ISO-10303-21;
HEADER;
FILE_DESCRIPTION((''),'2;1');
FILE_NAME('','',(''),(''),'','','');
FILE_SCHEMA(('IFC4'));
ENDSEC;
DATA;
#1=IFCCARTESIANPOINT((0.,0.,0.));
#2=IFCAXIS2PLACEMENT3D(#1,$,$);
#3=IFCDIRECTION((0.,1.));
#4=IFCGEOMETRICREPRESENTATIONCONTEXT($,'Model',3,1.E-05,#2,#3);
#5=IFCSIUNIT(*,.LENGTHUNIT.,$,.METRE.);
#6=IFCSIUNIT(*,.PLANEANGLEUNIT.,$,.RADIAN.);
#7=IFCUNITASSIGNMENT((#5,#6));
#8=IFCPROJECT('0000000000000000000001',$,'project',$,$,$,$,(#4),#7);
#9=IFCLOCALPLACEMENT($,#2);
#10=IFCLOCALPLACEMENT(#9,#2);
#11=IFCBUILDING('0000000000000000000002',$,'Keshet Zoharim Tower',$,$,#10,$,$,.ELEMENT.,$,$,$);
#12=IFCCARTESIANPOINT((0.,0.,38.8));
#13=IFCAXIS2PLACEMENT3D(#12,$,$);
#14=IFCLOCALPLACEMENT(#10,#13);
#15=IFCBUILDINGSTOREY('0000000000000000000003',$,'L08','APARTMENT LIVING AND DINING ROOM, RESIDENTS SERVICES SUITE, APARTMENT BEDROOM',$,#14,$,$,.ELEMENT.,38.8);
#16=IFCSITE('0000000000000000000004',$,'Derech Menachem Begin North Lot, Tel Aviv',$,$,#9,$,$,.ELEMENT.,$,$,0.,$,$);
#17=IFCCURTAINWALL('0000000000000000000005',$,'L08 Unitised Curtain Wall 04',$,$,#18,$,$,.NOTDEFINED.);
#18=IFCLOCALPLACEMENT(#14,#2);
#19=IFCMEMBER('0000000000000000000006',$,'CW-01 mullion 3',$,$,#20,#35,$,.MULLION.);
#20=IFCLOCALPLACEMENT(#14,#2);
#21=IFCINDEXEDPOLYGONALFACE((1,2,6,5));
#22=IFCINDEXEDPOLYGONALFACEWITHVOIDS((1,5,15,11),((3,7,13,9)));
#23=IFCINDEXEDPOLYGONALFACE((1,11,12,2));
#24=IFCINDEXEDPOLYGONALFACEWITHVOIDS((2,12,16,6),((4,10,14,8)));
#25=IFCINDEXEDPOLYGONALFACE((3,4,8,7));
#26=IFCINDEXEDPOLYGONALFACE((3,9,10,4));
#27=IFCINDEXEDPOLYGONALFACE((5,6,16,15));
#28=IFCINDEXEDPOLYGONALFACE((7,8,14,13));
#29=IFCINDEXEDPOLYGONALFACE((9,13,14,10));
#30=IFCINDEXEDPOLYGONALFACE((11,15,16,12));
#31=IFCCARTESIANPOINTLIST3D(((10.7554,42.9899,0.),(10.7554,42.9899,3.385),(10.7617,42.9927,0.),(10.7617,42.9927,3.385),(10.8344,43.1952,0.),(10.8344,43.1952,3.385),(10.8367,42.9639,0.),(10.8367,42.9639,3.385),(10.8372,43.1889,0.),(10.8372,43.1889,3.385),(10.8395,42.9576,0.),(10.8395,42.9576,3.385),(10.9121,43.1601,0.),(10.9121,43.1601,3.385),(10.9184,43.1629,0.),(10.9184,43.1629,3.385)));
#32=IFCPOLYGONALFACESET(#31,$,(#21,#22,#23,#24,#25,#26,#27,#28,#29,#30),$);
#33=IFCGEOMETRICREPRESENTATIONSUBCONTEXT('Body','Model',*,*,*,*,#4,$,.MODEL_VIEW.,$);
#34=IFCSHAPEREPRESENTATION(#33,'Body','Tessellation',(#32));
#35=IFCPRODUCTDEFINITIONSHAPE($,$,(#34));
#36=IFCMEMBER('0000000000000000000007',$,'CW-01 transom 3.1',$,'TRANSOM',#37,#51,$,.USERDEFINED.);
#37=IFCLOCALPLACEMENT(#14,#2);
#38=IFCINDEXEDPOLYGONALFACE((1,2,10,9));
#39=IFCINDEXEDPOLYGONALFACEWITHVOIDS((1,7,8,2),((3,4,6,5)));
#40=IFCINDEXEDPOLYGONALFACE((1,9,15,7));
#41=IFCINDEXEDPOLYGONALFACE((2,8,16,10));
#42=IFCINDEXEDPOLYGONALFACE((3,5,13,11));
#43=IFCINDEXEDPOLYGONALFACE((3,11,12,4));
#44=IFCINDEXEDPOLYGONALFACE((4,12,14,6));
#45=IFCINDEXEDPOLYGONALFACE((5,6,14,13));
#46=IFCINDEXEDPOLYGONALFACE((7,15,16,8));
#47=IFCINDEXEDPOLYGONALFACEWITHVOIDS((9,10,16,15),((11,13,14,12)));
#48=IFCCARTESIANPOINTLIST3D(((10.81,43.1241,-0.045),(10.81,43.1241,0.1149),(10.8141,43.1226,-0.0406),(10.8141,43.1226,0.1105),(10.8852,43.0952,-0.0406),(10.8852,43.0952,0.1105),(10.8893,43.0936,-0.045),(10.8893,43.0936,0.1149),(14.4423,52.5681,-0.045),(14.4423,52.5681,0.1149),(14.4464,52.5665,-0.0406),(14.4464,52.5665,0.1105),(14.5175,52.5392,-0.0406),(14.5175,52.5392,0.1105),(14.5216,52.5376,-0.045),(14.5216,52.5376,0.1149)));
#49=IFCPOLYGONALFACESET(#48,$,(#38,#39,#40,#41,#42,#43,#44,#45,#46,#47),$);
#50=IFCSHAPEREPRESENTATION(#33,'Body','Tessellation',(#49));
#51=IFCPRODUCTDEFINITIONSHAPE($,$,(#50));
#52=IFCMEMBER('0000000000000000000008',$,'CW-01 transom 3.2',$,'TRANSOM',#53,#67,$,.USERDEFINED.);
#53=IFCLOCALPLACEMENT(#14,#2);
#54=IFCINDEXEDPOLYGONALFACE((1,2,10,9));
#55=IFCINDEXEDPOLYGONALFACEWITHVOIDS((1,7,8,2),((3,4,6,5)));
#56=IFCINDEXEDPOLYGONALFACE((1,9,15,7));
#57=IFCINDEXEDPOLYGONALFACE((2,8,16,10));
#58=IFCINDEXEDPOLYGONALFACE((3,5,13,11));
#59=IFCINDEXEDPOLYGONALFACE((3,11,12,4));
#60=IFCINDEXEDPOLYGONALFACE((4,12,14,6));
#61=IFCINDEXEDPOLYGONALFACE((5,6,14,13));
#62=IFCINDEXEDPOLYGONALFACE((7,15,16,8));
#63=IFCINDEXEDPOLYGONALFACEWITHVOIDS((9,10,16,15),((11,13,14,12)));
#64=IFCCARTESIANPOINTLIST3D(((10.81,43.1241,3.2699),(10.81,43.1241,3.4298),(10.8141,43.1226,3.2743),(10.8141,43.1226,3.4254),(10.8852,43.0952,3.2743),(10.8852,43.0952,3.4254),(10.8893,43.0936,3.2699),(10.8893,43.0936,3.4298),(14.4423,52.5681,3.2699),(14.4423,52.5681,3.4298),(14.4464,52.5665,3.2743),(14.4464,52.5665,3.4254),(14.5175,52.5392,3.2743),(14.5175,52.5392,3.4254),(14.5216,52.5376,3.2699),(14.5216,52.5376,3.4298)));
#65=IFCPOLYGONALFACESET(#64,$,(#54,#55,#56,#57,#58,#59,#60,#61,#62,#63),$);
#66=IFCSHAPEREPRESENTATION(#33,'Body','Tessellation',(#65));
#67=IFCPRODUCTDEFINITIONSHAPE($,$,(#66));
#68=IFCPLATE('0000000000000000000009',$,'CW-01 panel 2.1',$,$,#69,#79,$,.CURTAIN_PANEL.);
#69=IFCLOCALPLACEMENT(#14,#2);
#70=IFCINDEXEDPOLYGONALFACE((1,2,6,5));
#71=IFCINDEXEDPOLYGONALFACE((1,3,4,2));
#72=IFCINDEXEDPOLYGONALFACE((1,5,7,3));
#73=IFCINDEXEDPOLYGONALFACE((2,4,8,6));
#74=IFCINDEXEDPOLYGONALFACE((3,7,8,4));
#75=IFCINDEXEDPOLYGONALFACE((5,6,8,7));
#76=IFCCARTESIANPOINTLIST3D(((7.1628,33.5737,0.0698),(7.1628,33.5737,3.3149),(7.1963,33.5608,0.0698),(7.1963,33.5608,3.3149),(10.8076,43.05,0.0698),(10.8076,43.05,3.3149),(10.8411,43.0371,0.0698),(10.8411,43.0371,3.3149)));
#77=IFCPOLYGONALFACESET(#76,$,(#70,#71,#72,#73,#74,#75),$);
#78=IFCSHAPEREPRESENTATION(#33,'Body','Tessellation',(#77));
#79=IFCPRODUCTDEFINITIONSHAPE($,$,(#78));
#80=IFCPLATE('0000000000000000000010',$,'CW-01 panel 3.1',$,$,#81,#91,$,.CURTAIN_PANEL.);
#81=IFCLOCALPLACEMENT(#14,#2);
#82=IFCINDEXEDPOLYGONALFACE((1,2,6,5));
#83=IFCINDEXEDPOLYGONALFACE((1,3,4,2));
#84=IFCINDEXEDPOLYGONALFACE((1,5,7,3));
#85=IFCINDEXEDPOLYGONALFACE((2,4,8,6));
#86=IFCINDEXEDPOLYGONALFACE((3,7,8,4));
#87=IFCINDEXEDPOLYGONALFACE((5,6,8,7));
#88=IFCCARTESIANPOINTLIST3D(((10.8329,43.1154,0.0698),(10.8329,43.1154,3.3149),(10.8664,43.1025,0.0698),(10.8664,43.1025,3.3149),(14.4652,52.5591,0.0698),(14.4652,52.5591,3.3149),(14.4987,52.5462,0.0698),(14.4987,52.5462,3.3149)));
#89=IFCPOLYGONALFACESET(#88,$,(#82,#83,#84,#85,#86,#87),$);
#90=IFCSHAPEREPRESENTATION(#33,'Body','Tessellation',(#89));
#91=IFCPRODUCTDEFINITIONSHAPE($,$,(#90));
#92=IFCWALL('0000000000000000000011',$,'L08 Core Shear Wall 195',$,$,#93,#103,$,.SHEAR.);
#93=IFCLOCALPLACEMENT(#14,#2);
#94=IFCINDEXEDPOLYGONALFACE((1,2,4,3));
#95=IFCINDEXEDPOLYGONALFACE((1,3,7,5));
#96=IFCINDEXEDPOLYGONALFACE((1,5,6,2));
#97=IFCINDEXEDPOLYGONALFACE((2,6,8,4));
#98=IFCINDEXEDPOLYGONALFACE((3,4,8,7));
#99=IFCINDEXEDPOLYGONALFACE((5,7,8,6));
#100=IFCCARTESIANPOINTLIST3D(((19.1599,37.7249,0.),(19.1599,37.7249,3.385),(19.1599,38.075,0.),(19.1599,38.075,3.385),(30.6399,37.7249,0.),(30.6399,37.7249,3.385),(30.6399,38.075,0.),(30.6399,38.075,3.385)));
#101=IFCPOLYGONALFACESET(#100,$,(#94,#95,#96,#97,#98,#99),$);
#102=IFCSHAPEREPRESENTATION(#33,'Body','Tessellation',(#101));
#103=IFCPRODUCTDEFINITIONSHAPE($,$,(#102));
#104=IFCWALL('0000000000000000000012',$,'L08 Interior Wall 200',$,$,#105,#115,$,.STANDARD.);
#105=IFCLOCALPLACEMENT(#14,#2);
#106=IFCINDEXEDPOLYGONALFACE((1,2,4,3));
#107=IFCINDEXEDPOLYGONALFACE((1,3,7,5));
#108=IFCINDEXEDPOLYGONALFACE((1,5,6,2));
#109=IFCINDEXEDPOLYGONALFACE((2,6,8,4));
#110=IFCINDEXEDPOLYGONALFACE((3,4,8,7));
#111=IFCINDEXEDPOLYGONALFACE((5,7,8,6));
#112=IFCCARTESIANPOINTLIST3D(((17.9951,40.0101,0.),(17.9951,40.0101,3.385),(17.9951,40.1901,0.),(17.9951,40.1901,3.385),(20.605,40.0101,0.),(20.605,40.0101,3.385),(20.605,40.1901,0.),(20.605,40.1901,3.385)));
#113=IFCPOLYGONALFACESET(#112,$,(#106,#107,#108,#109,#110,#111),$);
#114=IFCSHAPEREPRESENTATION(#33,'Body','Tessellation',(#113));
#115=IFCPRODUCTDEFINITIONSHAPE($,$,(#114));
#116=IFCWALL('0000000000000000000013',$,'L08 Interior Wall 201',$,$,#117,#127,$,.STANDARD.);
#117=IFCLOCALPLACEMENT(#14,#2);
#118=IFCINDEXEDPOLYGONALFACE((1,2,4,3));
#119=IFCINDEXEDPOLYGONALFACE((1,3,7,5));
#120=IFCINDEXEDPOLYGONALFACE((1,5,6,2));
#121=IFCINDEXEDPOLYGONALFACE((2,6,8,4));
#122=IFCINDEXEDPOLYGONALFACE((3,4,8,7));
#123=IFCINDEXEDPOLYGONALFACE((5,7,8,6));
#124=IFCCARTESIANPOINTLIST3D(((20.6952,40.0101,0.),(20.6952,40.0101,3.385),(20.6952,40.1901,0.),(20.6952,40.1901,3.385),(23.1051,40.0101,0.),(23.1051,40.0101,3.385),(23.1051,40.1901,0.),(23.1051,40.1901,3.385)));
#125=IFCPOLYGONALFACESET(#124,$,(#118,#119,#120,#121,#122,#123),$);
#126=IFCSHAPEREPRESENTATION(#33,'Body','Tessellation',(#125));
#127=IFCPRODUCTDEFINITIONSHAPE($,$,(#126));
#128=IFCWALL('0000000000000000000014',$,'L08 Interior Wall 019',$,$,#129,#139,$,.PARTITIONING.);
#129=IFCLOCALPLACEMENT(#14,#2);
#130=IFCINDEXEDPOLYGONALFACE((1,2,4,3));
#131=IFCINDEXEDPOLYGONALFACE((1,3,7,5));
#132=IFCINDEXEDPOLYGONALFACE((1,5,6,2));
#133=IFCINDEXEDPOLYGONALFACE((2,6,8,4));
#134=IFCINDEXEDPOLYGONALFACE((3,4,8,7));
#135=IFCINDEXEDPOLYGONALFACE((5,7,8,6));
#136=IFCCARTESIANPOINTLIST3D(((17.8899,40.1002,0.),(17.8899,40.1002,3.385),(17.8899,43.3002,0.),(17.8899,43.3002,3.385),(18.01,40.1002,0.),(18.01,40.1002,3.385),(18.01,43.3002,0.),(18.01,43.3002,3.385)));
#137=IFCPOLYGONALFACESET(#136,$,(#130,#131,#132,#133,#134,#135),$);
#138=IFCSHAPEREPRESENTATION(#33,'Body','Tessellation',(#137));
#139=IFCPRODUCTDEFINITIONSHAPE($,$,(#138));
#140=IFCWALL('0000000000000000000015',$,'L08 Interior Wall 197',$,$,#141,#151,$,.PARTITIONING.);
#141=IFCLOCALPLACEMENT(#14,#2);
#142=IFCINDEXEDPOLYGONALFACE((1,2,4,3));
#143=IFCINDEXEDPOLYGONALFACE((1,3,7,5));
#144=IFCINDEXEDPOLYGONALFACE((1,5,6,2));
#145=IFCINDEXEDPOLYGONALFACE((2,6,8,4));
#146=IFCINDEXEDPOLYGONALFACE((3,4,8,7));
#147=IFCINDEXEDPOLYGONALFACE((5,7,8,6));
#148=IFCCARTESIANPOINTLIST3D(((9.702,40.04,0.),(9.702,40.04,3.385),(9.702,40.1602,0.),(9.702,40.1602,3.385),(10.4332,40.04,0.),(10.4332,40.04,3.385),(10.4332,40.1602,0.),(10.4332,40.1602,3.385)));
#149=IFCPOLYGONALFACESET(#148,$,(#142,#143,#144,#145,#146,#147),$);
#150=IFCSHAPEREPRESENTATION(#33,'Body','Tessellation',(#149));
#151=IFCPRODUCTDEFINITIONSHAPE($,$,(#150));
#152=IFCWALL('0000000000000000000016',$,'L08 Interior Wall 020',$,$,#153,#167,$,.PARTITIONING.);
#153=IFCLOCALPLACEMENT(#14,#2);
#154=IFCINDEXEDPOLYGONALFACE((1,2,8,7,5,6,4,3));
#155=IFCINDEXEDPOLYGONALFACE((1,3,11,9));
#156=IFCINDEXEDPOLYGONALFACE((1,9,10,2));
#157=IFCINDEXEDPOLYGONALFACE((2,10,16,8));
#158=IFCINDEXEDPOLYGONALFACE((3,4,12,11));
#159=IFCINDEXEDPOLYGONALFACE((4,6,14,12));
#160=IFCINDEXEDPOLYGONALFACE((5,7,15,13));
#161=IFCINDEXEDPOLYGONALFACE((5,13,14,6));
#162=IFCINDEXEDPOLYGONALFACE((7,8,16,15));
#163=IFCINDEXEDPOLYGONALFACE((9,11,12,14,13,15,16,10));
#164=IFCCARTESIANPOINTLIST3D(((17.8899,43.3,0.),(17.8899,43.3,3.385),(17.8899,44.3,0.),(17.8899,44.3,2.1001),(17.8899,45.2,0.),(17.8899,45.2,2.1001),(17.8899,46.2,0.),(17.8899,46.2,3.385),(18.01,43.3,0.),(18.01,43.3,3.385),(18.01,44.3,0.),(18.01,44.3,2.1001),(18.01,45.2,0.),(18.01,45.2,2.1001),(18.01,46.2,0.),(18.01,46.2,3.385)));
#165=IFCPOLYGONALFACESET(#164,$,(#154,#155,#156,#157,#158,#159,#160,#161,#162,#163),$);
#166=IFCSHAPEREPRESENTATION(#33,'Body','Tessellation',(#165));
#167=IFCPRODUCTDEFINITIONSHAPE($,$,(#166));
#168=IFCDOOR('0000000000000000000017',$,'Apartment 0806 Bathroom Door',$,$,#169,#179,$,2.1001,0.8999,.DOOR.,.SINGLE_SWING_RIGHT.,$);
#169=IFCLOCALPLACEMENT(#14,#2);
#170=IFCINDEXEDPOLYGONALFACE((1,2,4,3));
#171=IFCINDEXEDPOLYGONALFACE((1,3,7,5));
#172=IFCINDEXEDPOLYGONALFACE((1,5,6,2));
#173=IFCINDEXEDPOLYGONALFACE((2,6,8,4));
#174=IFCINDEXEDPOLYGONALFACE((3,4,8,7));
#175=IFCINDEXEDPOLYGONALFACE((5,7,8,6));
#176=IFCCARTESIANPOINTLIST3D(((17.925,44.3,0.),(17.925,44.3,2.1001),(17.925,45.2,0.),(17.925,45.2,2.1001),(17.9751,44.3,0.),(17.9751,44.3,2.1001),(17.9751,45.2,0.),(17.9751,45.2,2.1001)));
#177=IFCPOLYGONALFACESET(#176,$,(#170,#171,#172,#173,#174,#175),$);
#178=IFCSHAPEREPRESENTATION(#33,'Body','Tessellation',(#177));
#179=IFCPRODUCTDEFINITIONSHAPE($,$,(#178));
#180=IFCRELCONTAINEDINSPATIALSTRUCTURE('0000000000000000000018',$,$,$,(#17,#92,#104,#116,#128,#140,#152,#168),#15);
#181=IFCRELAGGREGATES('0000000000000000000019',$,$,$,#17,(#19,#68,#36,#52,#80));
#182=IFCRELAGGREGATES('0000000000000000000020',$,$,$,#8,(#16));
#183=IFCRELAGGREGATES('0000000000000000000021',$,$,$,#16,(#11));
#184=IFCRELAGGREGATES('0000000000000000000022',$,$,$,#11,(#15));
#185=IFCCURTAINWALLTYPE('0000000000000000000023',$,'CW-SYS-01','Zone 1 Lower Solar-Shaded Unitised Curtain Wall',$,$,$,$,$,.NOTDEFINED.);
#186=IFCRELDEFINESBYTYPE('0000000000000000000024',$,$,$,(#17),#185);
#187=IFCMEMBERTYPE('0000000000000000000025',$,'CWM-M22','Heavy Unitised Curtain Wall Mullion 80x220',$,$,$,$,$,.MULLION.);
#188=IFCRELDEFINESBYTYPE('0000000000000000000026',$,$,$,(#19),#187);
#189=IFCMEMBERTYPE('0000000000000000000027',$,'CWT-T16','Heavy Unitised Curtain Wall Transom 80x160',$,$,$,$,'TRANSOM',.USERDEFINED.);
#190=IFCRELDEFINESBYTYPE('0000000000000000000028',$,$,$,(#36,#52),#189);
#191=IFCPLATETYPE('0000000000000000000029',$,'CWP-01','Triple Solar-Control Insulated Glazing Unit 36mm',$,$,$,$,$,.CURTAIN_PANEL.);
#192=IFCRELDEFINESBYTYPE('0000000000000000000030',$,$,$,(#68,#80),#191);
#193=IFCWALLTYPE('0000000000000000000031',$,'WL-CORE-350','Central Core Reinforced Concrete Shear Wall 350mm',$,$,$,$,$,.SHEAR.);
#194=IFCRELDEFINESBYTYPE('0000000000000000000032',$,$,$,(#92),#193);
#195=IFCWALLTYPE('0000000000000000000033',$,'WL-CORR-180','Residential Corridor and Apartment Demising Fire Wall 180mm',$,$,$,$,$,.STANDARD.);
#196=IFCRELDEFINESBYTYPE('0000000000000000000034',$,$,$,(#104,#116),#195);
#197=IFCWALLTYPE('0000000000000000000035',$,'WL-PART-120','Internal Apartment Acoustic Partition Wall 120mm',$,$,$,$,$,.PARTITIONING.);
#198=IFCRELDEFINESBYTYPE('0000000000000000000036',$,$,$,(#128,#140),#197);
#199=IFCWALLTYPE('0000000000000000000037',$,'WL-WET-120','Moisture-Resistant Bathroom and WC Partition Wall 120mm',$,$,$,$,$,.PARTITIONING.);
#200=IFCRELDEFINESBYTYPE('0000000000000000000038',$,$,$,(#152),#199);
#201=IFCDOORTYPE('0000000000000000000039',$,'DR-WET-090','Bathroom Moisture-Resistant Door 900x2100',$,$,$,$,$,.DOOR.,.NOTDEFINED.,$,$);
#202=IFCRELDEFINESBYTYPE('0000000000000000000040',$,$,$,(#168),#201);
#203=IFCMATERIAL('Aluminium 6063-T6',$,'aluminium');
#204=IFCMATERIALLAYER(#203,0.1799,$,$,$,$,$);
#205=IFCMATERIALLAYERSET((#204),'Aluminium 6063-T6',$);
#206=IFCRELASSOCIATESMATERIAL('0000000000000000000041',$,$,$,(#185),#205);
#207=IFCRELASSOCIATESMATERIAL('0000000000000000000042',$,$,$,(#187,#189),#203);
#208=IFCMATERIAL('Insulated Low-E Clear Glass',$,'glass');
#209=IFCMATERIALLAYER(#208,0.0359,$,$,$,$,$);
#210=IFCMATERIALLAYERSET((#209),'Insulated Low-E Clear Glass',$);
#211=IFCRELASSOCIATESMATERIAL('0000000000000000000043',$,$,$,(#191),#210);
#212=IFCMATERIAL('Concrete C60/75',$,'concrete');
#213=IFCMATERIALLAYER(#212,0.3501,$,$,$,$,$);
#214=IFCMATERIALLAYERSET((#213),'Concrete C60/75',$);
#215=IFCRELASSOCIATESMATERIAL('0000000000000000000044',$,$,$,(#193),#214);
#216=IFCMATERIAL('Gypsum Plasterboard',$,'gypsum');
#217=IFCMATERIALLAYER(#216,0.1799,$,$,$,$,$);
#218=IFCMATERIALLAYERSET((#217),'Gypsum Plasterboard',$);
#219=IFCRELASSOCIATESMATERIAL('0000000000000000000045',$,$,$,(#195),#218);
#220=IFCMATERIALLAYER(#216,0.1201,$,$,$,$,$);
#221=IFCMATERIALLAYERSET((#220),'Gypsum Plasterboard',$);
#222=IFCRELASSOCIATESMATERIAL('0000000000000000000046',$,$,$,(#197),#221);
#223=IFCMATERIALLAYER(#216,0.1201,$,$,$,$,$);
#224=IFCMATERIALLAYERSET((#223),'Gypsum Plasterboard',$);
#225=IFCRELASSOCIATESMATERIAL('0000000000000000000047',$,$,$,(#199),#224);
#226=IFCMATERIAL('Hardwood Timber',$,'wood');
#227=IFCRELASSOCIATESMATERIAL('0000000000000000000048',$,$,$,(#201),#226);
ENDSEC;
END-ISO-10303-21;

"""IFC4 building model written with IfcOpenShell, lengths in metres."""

from ifc_helpers import new_model, si_unit, direction, frame, frame_2d, origin, origin_2d, place, context, subcontext, project, spatial, rectangle, hollow_rectangle, extrude, material, layer, layer_set, material_profile, profile_set, type_object, element, fill, aggregate, save


model = new_model("IFC4")

# Units and contexts
model_context = context("Model", 3, precision=1e-05, world=origin(), true_north=direction((0.0, 1.0)))
body_context = subcontext(model_context, "Body", "Model", "MODEL_VIEW")
ifc_project = project(units=[si_unit("LENGTHUNIT", "METRE"), si_unit("PLANEANGLEUNIT", "RADIAN")], contexts=[model_context])

# Site, building, storey
site_placement = place(None, origin())
site = spatial("IfcSite", under=ifc_project, at=site_placement, Name="Derech Menachem Begin North Lot, Tel Aviv", CompositionType="ELEMENT", RefElevation=0.0)
building_placement = place(site_placement, origin())
building = spatial("IfcBuilding", under=site, at=building_placement, Name="Keshet Zoharim Tower", CompositionType="ELEMENT")
storey_placement = place(building_placement, frame((0.0, 0.0, 38.8)))
storey = spatial("IfcBuildingStorey", under=building, at=storey_placement, Name="L08", Description="APARTMENT LIVING AND DINING ROOM, RESIDENTS SERVICES SUITE, APARTMENT BEDROOM", CompositionType="ELEMENT", Elevation=38.8)

# Curtain wall, members, plates
ifc_material_1 = material(Name="Aluminium 6063-T6", Category="aluminium")
ifc_layer_1 = layer(ifc_material_1, 0.1799)
ifc_layer_set_1 = layer_set([ifc_layer_1], Name="Aluminium 6063-T6")
curtain_wall_type = type_object("IfcCurtainWallType", Name="CW-SYS-01", Description="Zone 1 Lower Solar-Shaded Unitised Curtain Wall", PredefinedType="NOTDEFINED", material=ifc_layer_set_1)
curtain_wall_placement = place(storey_placement, origin())
curtain_wall = element("IfcCurtainWall", 1, at=curtain_wall_placement, inside=storey, type_object=curtain_wall_type, Name="L08 Unitised Curtain Wall 04", PredefinedType="NOTDEFINED")
ifc_material_profile_1 = material_profile(ifc_material_1, hollow_rectangle(XDim=0.0901, YDim=0.22, WallThickness=0.0049, at=origin_2d()), Name="MUL-90x220")
ifc_profile_set_1 = profile_set([ifc_material_profile_1], Name="Aluminium 6063-T6")
member_type_1 = type_object("IfcMemberType", Name="CWM-M22", Description="Heavy Unitised Curtain Wall Mullion 80x220", PredefinedType="MULLION", material=ifc_profile_set_1)
member_1_placement = place(storey_placement, frame((10.8369, 43.0764, 0.0), z_axis=(0.0, 0.0, 1.0), x_axis=(-0.933341, 0.35899, 0.0)))
member_1 = element("IfcMember", 2, at=member_1_placement, type_object=member_type_1, Name="CW-01 mullion 3", PredefinedType="MULLION", context=body_context, shape_type="SweptSolid", body=[
    extrude(hollow_rectangle(XDim=0.0901, YDim=0.22, WallThickness=0.0049, at=origin_2d()), origin(), (0.0, 0.0, 1.0), 3.385),
])
ifc_material_profile_2 = material_profile(ifc_material_1, hollow_rectangle(XDim=0.085, YDim=0.1599, WallThickness=0.0044, at=origin_2d()), Name="TRN-85x160")
ifc_profile_set_2 = profile_set([ifc_material_profile_2], Name="Aluminium 6063-T6")
member_type_2 = type_object("IfcMemberType", Name="CWT-T16", Description="Heavy Unitised Curtain Wall Transom 80x160", ElementType="TRANSOM", PredefinedType="USERDEFINED", material=ifc_profile_set_2)
member_2_placement = place(storey_placement, frame((10.8496, 43.1089, 0.0349), z_axis=(0.358986, 0.933343, 0.0), x_axis=(-0.933343, 0.358986, 0.0)))
member_2 = element("IfcMember", 3, at=member_2_placement, type_object=member_type_2, Name="CW-01 transom 3.1", ObjectType="TRANSOM", PredefinedType="USERDEFINED", context=body_context, shape_type="SweptSolid", body=[
    extrude(hollow_rectangle(XDim=0.085, YDim=0.1599, WallThickness=0.0044, at=origin_2d()), origin(), (0.0, 0.0, 1.0), 10.1184),
])
member_3_placement = place(storey_placement, frame((10.8496, 43.1089, 3.3499), z_axis=(0.358986, 0.933343, 0.0), x_axis=(-0.933343, 0.358986, 0.0)))
member_3 = element("IfcMember", 4, at=member_3_placement, type_object=member_type_2, Name="CW-01 transom 3.2", ObjectType="TRANSOM", PredefinedType="USERDEFINED", context=body_context, shape_type="SweptSolid", body=[
    extrude(hollow_rectangle(XDim=0.085, YDim=0.1599, WallThickness=0.0044, at=origin_2d()), origin(), (0.0, 0.0, 1.0), 10.1184),
])
ifc_material_2 = material(Name="Insulated Low-E Clear Glass", Category="glass")
ifc_layer_2 = layer(ifc_material_2, 0.0359)
ifc_layer_set_2 = layer_set([ifc_layer_2], Name="Insulated Low-E Clear Glass")
plate_type = type_object("IfcPlateType", Name="CWP-01", Description="Triple Solar-Control Insulated Glazing Unit 36mm", PredefinedType="CURTAIN_PANEL", material=ifc_layer_set_2)
plate_1_placement = place(storey_placement, frame((9.002, 38.3054, 0.0698), z_axis=(0.0, 0.0, 1.0), x_axis=(0.35899, 0.933341, 0.0)))
plate_1 = element("IfcPlate", 5, at=plate_1_placement, type_object=plate_type, Name="CW-01 panel 2.1", PredefinedType="CURTAIN_PANEL", context=body_context, shape_type="SweptSolid", body=[
    extrude(rectangle(XDim=10.1531, YDim=0.0359, at=origin_2d()), origin(), (0.0, 0.0, 1.0), 3.2451),
])
plate_2_placement = place(storey_placement, frame((12.6658, 47.8308, 0.0698), z_axis=(0.0, 0.0, 1.0), x_axis=(0.35899, 0.933341, 0.0)))
plate_2 = element("IfcPlate", 6, at=plate_2_placement, type_object=plate_type, Name="CW-01 panel 3.1", PredefinedType="CURTAIN_PANEL", context=body_context, shape_type="SweptSolid", body=[
    extrude(rectangle(XDim=10.1182, YDim=0.0359, at=origin_2d()), origin(), (0.0, 0.0, 1.0), 3.2451),
])
aggregate(curtain_wall, [member_1, plate_1, member_2, member_3, plate_2])

# Wall
ifc_material_3 = material(Name="Concrete C60/75", Category="concrete")
ifc_layer_3 = layer(ifc_material_3, 0.3501)
ifc_layer_set_3 = layer_set([ifc_layer_3], Name="Concrete C60/75")
wall_type_1 = type_object("IfcWallType", Name="WL-CORE-350", Description="Central Core Reinforced Concrete Shear Wall 350mm", PredefinedType="SHEAR", material=ifc_layer_set_3)
wall_1_placement = place(storey_placement, frame((19.1599, 37.8999, 0.0), z_axis=(0.0, 0.0, 1.0), x_axis=(1.0, 0.0, 0.0)))
element("IfcWall", 7, at=wall_1_placement, inside=storey, type_object=wall_type_1, Name="L08 Core Shear Wall 195", PredefinedType="SHEAR", context=body_context, shape_type="SweptSolid", body=[
    extrude(rectangle(XDim=11.48, YDim=0.3501, at=frame_2d((5.74, 0.0))), origin(), (0.0, 0.0, 1.0), 3.385),
])

# Shared definitions
ifc_material_4 = material(Name="Gypsum Plasterboard", Category="gypsum")
ifc_layer_4 = layer(ifc_material_4, 0.1799)
ifc_layer_set_4 = layer_set([ifc_layer_4], Name="Gypsum Plasterboard")
wall_type_2 = type_object("IfcWallType", Name="WL-CORR-180", Description="Residential Corridor and Apartment Demising Fire Wall 180mm", PredefinedType="STANDARD", material=ifc_layer_set_4)
ifc_material_5 = material(Name="Hardwood Timber", Category="wood")

# Walls
wall_2_placement = place(storey_placement, frame((17.9951, 40.1001, 0.0), z_axis=(0.0, 0.0, 1.0), x_axis=(1.0, 0.0, 0.0)))
element("IfcWall", 8, at=wall_2_placement, inside=storey, type_object=wall_type_2, Name="L08 Interior Wall 200", PredefinedType="STANDARD", context=body_context, shape_type="SweptSolid", body=[
    extrude(rectangle(XDim=2.6099, YDim=0.1799, at=frame_2d((1.3049, 0.0))), origin(), (0.0, 0.0, 1.0), 3.385),
])
wall_3_placement = place(storey_placement, frame((20.6951, 40.1001, 0.0), z_axis=(0.0, 0.0, 1.0), x_axis=(1.0, 0.0, 0.0)))
element("IfcWall", 9, at=wall_3_placement, inside=storey, type_object=wall_type_2, Name="L08 Interior Wall 201", PredefinedType="STANDARD", context=body_context, shape_type="SweptSolid", body=[
    extrude(rectangle(XDim=2.4099, YDim=0.1799, at=frame_2d((1.2051, 0.0))), origin(), (0.0, 0.0, 1.0), 3.385),
])
ifc_layer_5 = layer(ifc_material_4, 0.1201)
ifc_layer_set_5 = layer_set([ifc_layer_5], Name="Gypsum Plasterboard")
wall_type_3 = type_object("IfcWallType", Name="WL-PART-120", Description="Internal Apartment Acoustic Partition Wall 120mm", PredefinedType="PARTITIONING", material=ifc_layer_set_5)
wall_4_placement = place(storey_placement, frame((17.95, 40.1001, 0.0), z_axis=(0.0, 0.0, 1.0), x_axis=(0.0, 1.0, 0.0)))
element("IfcWall", 10, at=wall_4_placement, inside=storey, type_object=wall_type_3, Name="L08 Interior Wall 019", PredefinedType="PARTITIONING", context=body_context, shape_type="SweptSolid", body=[
    extrude(rectangle(XDim=3.2, YDim=0.1201, at=frame_2d((1.6001, 0.0))), origin(), (0.0, 0.0, 1.0), 3.385),
])

# Wall
wall_5_placement = place(storey_placement, frame((9.7019, 40.1001, 0.0), z_axis=(0.0, 0.0, 1.0), x_axis=(1.0, 0.0, 0.0)))
element("IfcWall", 11, at=wall_5_placement, inside=storey, type_object=wall_type_3, Name="L08 Interior Wall 197", PredefinedType="PARTITIONING", context=body_context, shape_type="SweptSolid", body=[
    extrude(rectangle(XDim=0.7312, YDim=0.1201, at=frame_2d((0.3657, 0.0))), origin(), (0.0, 0.0, 1.0), 3.385),
])

# Wall, opening, door
ifc_layer_6 = layer(ifc_material_4, 0.1201)
ifc_layer_set_6 = layer_set([ifc_layer_6], Name="Gypsum Plasterboard")
wall_type_4 = type_object("IfcWallType", Name="WL-WET-120", Description="Moisture-Resistant Bathroom and WC Partition Wall 120mm", PredefinedType="PARTITIONING", material=ifc_layer_set_6)
wall_6_placement = place(storey_placement, frame((17.95, 43.3, 0.0), z_axis=(0.0, 0.0, 1.0), x_axis=(0.0, 1.0, 0.0)))
wall_6 = element("IfcWall", 12, at=wall_6_placement, inside=storey, type_object=wall_type_4, Name="L08 Interior Wall 020", PredefinedType="PARTITIONING", context=body_context, shape_type="SweptSolid", body=[
    extrude(rectangle(XDim=2.8999, YDim=0.1201, at=frame_2d((1.45, 0.0))), origin(), (0.0, 0.0, 1.0), 3.385),
])
opening_1_placement = place(wall_6_placement, frame((1.0, 0.0, 0.0)))
opening_1 = element("IfcOpeningElement", 13, at=opening_1_placement, cuts=wall_6, PredefinedType="OPENING", context=body_context, shape_type="SweptSolid", body=[
    extrude(rectangle(XDim=0.8999, YDim=2.1001, at=frame_2d((0.45, 1.05))), frame((0.0, 0.0701, 0.0), z_axis=(0.0, -1.0, 0.0), x_axis=(1.0, 0.0, 0.0)), (0.0, 0.0, 1.0), 0.1401),
])
door_type_1 = type_object("IfcDoorType", Name="DR-WET-090", Description="Bathroom Moisture-Resistant Door 900x2100", OperationType="NOTDEFINED", PredefinedType="DOOR", material=ifc_material_5)
door_1_placement = place(opening_1_placement, origin())
door_1 = element("IfcDoor", 14, at=door_1_placement, inside=storey, type_object=door_type_1, Name="Apartment 0806 Bathroom Door", OperationType="SINGLE_SWING_RIGHT", OverallHeight=2.1001, OverallWidth=0.8999, PredefinedType="DOOR", context=body_context, shape_type="SweptSolid", body=[
    extrude(rectangle(XDim=0.8999, YDim=2.1001, at=frame_2d((0.45, 1.05))), frame((0.0, 0.0249, 0.0), z_axis=(0.0, -1.0, 0.0), x_axis=(1.0, 0.0, 0.0)), (0.0, 0.0, 1.0), 0.05),
])
fill(opening_1, door_1)

save(model, "model.ifc")
